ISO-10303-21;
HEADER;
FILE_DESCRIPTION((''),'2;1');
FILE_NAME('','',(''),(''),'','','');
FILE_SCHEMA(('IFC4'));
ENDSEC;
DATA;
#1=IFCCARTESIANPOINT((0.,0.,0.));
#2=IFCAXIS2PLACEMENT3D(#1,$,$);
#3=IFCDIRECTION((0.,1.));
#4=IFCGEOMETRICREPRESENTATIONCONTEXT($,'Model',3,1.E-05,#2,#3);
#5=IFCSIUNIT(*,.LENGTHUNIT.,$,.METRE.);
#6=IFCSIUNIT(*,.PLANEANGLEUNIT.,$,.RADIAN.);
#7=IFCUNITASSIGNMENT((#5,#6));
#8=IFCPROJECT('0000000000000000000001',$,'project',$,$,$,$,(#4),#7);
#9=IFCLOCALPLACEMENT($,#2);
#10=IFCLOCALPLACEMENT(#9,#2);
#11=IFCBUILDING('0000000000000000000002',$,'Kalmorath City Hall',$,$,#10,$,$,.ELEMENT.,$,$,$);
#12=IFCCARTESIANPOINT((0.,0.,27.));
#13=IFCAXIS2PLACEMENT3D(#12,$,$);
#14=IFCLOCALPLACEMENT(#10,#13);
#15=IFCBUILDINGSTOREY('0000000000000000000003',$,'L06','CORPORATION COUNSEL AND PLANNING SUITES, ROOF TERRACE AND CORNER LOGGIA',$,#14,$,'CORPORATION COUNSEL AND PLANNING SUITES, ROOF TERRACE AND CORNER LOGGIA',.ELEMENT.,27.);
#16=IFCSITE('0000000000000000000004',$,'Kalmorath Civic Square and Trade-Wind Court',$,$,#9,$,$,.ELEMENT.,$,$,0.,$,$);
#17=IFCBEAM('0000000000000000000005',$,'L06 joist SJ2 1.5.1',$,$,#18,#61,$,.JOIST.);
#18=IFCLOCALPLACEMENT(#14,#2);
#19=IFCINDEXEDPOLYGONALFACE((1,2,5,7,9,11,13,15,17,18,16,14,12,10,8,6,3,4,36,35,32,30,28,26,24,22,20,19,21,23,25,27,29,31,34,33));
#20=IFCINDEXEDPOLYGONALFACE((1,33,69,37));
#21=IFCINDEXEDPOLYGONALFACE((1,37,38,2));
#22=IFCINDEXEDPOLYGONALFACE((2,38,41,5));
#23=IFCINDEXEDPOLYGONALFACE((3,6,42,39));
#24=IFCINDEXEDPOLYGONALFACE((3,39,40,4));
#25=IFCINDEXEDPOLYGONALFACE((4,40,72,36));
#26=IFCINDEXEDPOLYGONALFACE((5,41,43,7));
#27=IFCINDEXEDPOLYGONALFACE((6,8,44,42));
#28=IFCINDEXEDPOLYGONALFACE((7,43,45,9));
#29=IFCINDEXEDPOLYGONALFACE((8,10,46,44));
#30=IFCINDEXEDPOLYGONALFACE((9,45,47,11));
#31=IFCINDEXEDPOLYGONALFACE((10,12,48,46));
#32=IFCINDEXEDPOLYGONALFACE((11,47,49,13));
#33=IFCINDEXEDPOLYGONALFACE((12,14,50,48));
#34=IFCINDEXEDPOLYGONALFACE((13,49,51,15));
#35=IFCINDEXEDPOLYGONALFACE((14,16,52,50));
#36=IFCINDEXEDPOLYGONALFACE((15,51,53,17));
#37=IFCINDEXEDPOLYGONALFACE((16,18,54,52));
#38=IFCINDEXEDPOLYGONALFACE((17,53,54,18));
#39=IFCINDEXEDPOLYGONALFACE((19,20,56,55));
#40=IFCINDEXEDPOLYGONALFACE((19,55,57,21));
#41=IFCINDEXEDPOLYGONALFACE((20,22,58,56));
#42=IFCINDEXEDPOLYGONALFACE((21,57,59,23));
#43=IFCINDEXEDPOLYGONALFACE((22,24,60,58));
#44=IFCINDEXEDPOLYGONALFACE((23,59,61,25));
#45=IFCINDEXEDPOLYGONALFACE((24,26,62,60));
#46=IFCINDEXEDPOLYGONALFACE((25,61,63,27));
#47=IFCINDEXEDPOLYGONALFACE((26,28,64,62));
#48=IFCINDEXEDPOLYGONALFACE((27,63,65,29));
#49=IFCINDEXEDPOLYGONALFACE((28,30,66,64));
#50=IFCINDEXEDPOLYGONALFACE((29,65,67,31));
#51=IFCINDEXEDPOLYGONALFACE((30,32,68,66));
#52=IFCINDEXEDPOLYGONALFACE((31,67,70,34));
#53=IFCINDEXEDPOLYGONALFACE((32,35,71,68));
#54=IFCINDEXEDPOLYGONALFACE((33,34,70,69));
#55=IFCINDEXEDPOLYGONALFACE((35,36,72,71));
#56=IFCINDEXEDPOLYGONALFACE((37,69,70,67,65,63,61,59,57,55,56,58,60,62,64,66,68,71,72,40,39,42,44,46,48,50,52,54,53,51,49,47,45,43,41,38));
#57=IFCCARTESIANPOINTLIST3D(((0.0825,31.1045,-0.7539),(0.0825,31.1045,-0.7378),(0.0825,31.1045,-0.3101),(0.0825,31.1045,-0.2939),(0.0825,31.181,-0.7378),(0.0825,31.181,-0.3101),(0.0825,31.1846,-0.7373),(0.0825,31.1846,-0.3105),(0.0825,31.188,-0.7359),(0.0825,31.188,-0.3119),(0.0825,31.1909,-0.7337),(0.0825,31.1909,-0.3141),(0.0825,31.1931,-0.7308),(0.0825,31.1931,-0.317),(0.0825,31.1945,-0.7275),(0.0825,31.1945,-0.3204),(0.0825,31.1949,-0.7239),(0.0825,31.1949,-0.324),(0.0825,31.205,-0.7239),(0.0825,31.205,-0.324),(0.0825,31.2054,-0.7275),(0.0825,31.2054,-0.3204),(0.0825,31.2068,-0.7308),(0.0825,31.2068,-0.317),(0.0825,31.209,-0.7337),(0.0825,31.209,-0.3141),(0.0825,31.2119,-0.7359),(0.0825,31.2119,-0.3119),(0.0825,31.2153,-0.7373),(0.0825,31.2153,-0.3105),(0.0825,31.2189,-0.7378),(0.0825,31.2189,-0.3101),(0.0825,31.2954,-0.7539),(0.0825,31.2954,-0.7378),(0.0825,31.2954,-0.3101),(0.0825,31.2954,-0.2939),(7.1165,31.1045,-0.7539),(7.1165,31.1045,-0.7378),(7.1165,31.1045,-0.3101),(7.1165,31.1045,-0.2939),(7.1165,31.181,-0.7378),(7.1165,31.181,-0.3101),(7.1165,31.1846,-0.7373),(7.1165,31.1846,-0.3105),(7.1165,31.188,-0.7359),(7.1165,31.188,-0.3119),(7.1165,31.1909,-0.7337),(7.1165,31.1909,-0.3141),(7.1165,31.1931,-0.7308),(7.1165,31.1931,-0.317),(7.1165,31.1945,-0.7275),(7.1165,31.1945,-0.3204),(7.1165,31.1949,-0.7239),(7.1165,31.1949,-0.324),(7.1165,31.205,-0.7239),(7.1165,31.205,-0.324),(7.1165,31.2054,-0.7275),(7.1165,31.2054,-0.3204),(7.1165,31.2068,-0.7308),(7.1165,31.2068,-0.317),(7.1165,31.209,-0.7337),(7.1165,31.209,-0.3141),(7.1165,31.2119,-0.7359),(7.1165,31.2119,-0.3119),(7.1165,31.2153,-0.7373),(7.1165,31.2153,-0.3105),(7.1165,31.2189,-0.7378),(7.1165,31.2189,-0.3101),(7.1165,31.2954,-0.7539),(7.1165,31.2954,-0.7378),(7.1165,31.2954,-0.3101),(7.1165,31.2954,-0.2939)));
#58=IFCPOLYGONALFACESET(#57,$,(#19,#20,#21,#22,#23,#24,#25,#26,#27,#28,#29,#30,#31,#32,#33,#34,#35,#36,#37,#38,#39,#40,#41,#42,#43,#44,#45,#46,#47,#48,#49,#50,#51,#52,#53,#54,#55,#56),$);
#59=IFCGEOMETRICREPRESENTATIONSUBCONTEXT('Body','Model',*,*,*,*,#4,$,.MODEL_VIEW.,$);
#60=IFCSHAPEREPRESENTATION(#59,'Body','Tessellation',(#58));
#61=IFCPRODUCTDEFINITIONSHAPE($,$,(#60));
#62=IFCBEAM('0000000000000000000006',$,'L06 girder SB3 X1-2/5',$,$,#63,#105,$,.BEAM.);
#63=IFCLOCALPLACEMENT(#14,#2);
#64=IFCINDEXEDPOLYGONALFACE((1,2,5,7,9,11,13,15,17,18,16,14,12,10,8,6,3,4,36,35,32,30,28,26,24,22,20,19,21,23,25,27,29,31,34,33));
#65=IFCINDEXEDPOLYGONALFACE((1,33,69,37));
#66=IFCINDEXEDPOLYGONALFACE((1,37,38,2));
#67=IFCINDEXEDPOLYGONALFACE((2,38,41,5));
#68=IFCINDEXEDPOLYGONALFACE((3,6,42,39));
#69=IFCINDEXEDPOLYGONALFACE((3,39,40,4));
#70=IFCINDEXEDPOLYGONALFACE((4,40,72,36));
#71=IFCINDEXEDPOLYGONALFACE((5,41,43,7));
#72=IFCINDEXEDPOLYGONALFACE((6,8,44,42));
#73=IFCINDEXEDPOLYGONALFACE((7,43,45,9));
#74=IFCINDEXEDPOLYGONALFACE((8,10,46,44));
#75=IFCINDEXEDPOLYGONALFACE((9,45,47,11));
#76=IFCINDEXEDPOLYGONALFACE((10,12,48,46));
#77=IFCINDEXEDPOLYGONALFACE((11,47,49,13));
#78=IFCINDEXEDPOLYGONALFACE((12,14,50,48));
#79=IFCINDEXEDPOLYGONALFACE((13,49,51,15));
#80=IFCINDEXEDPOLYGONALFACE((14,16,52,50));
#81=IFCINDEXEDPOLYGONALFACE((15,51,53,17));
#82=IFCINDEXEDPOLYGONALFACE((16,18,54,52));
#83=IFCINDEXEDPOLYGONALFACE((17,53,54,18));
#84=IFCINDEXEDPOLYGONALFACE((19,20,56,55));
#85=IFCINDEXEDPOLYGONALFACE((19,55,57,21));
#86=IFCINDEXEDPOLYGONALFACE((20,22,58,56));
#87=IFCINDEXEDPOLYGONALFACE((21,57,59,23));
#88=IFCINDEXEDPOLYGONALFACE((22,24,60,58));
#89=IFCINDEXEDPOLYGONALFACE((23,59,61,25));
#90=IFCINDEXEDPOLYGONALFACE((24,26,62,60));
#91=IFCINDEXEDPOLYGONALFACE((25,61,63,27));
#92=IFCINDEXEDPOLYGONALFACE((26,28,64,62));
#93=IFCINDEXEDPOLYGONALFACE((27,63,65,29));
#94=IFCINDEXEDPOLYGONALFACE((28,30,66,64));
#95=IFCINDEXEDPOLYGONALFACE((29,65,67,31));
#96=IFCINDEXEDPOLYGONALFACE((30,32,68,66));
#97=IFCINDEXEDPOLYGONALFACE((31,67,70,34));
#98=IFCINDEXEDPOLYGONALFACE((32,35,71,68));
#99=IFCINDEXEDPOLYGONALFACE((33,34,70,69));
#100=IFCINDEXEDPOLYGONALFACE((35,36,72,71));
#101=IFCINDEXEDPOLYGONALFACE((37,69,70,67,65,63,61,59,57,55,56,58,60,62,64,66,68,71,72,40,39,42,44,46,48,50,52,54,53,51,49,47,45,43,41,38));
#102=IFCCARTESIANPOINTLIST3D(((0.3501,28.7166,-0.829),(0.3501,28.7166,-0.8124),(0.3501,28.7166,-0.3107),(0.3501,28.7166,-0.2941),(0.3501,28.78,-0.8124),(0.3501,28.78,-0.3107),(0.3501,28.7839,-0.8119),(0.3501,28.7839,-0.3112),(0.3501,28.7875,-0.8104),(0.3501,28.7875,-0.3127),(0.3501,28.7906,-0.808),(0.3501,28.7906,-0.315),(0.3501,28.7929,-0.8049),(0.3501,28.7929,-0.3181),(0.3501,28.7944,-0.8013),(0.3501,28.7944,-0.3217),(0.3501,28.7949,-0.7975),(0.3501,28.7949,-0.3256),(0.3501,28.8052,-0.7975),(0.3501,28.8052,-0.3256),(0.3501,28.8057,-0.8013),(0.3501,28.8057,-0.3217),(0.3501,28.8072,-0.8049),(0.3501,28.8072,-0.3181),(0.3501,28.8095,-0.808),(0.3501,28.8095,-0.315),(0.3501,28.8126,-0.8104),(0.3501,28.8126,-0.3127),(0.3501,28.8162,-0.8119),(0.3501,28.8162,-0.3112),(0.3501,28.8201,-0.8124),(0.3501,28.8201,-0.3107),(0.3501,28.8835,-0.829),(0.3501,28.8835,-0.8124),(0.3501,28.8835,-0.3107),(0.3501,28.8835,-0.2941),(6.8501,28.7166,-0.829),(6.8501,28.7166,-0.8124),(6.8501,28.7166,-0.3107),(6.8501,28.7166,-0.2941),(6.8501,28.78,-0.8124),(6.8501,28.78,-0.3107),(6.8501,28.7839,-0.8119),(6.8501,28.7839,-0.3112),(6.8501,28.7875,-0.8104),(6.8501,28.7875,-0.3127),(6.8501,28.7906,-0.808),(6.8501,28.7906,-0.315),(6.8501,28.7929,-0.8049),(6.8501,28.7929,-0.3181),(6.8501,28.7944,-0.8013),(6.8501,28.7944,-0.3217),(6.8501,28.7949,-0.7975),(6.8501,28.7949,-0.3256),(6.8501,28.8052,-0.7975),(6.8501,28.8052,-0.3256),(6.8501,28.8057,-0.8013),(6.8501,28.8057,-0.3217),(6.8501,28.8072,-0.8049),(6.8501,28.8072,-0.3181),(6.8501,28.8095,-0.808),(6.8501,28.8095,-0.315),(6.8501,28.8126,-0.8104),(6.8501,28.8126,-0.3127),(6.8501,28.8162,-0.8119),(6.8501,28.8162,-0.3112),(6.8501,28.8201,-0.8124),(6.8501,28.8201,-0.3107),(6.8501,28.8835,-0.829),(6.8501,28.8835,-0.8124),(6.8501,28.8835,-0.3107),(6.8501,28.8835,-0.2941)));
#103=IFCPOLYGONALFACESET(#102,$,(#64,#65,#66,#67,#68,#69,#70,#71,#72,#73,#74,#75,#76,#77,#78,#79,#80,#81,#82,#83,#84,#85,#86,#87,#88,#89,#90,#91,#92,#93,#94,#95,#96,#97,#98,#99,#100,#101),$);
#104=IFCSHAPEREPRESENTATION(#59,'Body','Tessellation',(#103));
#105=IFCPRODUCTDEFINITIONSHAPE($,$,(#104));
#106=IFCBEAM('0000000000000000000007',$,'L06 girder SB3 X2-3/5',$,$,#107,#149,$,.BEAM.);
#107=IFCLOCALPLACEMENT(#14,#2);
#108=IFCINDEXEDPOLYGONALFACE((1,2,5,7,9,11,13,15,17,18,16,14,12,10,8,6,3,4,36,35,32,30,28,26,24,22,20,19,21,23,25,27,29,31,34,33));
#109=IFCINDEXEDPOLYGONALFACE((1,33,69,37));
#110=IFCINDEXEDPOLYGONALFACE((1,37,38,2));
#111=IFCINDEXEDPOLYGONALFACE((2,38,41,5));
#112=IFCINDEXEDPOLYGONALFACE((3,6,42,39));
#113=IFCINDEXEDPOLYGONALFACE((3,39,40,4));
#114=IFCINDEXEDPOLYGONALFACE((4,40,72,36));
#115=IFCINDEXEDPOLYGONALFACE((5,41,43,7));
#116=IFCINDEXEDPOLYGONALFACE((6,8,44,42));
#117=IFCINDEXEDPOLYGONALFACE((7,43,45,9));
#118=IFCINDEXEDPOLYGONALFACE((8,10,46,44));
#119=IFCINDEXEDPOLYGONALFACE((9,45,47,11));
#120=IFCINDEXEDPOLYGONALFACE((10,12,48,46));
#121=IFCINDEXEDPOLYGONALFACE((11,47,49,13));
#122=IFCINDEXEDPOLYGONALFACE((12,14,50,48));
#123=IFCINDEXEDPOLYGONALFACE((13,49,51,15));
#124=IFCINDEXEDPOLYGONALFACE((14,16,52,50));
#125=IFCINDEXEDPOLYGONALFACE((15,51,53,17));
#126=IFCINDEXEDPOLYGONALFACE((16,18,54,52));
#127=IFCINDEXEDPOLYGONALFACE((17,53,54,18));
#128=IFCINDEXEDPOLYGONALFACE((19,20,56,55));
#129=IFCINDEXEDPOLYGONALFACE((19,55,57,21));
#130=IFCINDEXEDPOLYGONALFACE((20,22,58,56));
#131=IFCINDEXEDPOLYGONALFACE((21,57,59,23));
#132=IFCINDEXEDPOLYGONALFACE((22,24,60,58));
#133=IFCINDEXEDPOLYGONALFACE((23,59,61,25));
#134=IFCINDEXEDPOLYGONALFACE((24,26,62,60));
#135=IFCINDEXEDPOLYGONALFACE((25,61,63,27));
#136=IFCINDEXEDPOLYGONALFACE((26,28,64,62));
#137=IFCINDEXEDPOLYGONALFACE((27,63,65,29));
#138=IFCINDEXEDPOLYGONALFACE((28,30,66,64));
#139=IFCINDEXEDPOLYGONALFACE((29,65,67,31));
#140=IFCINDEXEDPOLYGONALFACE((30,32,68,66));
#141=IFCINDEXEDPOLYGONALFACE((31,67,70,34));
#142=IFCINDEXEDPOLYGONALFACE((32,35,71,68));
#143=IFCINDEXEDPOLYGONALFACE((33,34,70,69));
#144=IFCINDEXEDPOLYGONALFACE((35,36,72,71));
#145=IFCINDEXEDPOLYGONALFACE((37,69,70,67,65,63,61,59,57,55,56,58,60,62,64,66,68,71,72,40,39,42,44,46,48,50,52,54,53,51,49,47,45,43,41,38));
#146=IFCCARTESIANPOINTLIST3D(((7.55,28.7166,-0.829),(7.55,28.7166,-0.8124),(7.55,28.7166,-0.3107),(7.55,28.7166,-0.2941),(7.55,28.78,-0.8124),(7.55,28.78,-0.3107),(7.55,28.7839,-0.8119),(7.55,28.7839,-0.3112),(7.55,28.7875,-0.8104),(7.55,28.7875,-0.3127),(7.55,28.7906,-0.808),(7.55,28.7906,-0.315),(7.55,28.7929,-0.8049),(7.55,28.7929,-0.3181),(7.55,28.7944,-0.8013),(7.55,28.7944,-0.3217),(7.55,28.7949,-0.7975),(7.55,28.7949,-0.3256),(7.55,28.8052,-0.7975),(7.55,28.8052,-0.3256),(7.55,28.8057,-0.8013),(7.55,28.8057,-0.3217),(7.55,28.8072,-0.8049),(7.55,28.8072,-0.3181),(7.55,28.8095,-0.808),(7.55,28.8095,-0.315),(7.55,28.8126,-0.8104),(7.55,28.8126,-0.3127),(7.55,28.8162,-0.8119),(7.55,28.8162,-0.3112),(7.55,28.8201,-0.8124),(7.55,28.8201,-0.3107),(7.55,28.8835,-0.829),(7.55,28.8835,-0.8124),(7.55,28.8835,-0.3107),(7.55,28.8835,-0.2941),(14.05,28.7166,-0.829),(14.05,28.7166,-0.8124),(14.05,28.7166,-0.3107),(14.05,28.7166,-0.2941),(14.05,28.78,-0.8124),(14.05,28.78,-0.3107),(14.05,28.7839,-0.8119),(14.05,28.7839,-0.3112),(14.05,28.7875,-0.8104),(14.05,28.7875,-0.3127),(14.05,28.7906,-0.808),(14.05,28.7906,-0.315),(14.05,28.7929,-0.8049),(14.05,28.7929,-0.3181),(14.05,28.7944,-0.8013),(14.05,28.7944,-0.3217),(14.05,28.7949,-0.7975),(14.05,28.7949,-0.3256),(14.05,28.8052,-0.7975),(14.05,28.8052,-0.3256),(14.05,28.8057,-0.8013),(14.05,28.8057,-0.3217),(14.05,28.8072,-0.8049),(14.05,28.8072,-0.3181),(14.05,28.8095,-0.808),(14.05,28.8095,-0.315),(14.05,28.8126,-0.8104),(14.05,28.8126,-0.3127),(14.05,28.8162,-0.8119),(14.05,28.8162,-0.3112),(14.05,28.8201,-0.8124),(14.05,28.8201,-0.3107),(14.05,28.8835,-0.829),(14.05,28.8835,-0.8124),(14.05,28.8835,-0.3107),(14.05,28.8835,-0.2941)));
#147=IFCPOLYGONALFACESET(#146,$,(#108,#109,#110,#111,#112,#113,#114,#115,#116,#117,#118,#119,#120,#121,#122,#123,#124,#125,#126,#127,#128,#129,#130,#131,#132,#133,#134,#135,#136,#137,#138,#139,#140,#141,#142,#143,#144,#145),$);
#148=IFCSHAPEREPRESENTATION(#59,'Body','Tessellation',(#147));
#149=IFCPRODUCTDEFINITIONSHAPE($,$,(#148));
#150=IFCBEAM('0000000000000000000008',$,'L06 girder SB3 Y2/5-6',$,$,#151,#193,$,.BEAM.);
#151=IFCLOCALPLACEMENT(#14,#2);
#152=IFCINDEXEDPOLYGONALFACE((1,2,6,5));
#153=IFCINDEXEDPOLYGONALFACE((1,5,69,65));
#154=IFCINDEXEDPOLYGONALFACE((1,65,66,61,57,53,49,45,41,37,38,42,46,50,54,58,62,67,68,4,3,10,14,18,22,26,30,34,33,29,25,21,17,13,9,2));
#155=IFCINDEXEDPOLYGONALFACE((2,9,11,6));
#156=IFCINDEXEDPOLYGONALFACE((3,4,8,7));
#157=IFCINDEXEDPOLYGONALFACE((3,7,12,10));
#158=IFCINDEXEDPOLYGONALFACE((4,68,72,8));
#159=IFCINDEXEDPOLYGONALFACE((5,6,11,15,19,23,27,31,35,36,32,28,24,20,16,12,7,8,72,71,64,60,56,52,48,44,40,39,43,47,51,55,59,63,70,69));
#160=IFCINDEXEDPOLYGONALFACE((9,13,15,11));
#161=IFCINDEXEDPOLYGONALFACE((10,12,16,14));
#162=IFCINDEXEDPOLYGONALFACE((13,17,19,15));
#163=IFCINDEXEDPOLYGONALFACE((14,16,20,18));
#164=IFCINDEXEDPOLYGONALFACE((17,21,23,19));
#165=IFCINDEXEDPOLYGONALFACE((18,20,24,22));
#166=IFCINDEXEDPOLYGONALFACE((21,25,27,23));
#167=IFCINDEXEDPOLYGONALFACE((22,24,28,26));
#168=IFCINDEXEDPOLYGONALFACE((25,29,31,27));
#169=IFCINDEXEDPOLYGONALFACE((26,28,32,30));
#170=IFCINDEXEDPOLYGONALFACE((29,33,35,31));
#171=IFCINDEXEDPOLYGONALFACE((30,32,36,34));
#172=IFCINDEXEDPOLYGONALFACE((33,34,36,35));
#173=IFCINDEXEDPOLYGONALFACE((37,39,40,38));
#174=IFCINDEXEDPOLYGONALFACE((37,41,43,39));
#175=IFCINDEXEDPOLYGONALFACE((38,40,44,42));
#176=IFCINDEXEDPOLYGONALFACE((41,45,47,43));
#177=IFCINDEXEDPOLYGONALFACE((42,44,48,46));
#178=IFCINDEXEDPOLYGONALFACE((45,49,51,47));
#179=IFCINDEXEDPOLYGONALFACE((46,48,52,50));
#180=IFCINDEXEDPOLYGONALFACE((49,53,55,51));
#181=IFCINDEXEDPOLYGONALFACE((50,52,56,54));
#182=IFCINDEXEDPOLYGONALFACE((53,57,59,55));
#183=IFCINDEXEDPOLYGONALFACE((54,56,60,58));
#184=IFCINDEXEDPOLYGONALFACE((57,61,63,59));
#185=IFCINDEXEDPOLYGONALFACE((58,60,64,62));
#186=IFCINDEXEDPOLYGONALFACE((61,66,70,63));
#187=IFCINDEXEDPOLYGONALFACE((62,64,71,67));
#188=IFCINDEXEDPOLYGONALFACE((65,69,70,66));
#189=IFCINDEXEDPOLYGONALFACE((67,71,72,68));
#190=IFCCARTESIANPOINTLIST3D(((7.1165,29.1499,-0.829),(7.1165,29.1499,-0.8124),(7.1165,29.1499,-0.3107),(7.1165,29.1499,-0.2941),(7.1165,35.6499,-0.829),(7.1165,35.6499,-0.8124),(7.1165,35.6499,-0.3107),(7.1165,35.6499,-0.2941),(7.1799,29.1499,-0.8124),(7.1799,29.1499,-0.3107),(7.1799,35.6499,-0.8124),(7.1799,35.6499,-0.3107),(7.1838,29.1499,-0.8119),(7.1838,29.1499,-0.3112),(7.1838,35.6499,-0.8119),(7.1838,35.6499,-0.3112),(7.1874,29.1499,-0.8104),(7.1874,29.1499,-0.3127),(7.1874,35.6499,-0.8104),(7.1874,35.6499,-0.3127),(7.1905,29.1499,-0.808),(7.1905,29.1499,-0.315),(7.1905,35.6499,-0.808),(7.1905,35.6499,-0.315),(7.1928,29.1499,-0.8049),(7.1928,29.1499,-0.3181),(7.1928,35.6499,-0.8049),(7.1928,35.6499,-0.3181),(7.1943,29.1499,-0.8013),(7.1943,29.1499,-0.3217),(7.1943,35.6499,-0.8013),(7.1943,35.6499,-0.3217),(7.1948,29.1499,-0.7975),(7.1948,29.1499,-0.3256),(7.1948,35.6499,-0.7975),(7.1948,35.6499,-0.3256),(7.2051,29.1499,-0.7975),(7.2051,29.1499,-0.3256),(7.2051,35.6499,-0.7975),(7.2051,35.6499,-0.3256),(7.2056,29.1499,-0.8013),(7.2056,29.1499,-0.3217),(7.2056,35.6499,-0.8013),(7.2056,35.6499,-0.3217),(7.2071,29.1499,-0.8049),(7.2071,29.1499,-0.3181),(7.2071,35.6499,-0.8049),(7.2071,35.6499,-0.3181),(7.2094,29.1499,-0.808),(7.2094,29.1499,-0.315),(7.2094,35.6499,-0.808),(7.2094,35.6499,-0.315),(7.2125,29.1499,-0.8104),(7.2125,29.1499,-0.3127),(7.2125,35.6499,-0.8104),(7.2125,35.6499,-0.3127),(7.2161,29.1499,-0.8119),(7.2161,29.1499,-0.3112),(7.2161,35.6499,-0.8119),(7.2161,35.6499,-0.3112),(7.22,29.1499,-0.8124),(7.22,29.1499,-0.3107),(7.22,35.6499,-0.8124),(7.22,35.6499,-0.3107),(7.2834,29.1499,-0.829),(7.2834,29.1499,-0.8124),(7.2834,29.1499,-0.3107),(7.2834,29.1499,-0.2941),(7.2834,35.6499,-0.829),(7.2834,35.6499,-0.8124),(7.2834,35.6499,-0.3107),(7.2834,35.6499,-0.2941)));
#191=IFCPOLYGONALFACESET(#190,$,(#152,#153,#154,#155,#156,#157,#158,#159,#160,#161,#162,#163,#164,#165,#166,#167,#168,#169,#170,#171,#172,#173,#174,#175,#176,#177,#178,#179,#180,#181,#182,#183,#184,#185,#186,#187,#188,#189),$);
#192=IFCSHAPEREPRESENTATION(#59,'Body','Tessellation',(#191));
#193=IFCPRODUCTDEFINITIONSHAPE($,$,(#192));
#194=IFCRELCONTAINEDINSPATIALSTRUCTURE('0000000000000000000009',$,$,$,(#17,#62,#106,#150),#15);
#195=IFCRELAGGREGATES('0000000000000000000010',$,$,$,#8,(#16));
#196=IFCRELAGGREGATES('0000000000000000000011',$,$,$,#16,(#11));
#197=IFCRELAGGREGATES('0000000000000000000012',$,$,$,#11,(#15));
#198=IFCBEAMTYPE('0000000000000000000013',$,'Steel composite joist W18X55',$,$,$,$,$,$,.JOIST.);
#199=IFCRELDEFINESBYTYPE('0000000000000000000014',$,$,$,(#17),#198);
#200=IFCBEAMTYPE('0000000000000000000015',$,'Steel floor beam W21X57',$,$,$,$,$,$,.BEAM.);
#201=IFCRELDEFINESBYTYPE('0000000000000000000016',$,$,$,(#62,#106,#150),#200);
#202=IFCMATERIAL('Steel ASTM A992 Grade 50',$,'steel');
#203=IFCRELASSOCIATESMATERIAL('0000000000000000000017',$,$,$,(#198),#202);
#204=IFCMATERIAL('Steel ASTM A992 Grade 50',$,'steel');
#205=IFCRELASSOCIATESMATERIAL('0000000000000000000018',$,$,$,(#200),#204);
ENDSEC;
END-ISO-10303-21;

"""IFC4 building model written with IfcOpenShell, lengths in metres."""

from ifc_helpers import new_model, si_unit, direction, frame, origin, origin_2d, place, context, subcontext, project, spatial, i_section, extrude, material, material_profile, profile_set, type_object, element, save


model = new_model("IFC4")

# Units and contexts
model_context = context("Model", 3, precision=1e-05, world=origin(), true_north=direction((0.0, 1.0)))
body_context = subcontext(model_context, "Body", "Model", "MODEL_VIEW")
ifc_project = project(units=[si_unit("LENGTHUNIT", "METRE"), si_unit("PLANEANGLEUNIT", "RADIAN")], contexts=[model_context])

# Site, building, storey
site_placement = place(None, origin())
site = spatial("IfcSite", under=ifc_project, at=site_placement, Name="Kalmorath Civic Square and Trade-Wind Court", CompositionType="ELEMENT", RefElevation=0.0)
building_placement = place(site_placement, origin())
building = spatial("IfcBuilding", under=site, at=building_placement, Name="Kalmorath City Hall", CompositionType="ELEMENT")
storey_placement = place(building_placement, frame((0.0, 0.0, 27.0)))
storey = spatial("IfcBuildingStorey", under=building, at=storey_placement, Name="L06", Description="CORPORATION COUNSEL AND PLANNING SUITES, ROOF TERRACE AND CORNER LOGGIA", LongName="CORPORATION COUNSEL AND PLANNING SUITES, ROOF TERRACE AND CORNER LOGGIA", CompositionType="ELEMENT", Elevation=27.0)

# Beams
ifc_material_1 = material(Name="Steel ASTM A992 Grade 50", Category="steel")
ifc_material_profile_1 = material_profile(ifc_material_1, i_section(OverallWidth=0.1909, OverallDepth=0.46, WebThickness=0.01, FlangeThickness=0.0161, FilletRadius=0.0139, at=origin_2d()), Name="W18X55")
ifc_profile_set_1 = profile_set([ifc_material_profile_1], Name="Steel ASTM A992 Grade 50")
beam_type_1 = type_object("IfcBeamType", Name="Steel composite joist W18X55", PredefinedType="JOIST", material=ifc_profile_set_1)
beam_1_placement = place(storey_placement, frame((0.0825, 31.2, -0.5239), z_axis=(1.0, 0.0, 0.0), x_axis=(0.0, 1.0, 0.0)))
element("IfcBeam", 1, at=beam_1_placement, inside=storey, type_object=beam_type_1, Name="L06 joist SJ2 1.5.1", PredefinedType="JOIST", context=body_context, shape_type="SweptSolid", body=[
    extrude(i_section(OverallWidth=0.1909, OverallDepth=0.46, WebThickness=0.01, FlangeThickness=0.0161, FilletRadius=0.0139, at=origin_2d()), origin(), (0.0, 0.0, 1.0), 7.0339),
])
ifc_material_2 = material(Name="Steel ASTM A992 Grade 50", Category="steel")
ifc_material_profile_2 = material_profile(ifc_material_2, i_section(OverallWidth=0.167, OverallDepth=0.5349, WebThickness=0.0103, FlangeThickness=0.0166, FilletRadius=0.0149, at=origin_2d()), Name="W21X57")
ifc_profile_set_2 = profile_set([ifc_material_profile_2], Name="Steel ASTM A992 Grade 50")
beam_type_2 = type_object("IfcBeamType", Name="Steel floor beam W21X57", PredefinedType="BEAM", material=ifc_profile_set_2)
for number, where, z_axis, x_axis, name in (
    (2, (0.3501, 28.8, -0.5615), (1.0, 0.0, 0.0), (0.0, 1.0, 0.0), "L06 girder SB3 X1-2/5"),
    (3, (7.55, 28.8, -0.5615), (1.0, 0.0, 0.0), (0.0, 1.0, 0.0), "L06 girder SB3 X2-3/5"),
    (4, (7.2, 29.1499, -0.5615), (0.0, 1.0, 0.0), (-1.0, 0.0, 0.0), "L06 girder SB3 Y2/5-6"),
):
    element("IfcBeam", number, at=place(storey_placement, frame(where, z_axis=z_axis, x_axis=x_axis)), inside=storey, type_object=beam_type_2, Name=name, PredefinedType="BEAM", context=body_context, shape_type="SweptSolid", body=[
        extrude(i_section(OverallWidth=0.167, OverallDepth=0.5349, WebThickness=0.0103, FlangeThickness=0.0166, FilletRadius=0.0149, at=origin_2d()), origin(), (0.0, 0.0, 1.0), 6.5),
    ])

save(model, "model.ifc")
